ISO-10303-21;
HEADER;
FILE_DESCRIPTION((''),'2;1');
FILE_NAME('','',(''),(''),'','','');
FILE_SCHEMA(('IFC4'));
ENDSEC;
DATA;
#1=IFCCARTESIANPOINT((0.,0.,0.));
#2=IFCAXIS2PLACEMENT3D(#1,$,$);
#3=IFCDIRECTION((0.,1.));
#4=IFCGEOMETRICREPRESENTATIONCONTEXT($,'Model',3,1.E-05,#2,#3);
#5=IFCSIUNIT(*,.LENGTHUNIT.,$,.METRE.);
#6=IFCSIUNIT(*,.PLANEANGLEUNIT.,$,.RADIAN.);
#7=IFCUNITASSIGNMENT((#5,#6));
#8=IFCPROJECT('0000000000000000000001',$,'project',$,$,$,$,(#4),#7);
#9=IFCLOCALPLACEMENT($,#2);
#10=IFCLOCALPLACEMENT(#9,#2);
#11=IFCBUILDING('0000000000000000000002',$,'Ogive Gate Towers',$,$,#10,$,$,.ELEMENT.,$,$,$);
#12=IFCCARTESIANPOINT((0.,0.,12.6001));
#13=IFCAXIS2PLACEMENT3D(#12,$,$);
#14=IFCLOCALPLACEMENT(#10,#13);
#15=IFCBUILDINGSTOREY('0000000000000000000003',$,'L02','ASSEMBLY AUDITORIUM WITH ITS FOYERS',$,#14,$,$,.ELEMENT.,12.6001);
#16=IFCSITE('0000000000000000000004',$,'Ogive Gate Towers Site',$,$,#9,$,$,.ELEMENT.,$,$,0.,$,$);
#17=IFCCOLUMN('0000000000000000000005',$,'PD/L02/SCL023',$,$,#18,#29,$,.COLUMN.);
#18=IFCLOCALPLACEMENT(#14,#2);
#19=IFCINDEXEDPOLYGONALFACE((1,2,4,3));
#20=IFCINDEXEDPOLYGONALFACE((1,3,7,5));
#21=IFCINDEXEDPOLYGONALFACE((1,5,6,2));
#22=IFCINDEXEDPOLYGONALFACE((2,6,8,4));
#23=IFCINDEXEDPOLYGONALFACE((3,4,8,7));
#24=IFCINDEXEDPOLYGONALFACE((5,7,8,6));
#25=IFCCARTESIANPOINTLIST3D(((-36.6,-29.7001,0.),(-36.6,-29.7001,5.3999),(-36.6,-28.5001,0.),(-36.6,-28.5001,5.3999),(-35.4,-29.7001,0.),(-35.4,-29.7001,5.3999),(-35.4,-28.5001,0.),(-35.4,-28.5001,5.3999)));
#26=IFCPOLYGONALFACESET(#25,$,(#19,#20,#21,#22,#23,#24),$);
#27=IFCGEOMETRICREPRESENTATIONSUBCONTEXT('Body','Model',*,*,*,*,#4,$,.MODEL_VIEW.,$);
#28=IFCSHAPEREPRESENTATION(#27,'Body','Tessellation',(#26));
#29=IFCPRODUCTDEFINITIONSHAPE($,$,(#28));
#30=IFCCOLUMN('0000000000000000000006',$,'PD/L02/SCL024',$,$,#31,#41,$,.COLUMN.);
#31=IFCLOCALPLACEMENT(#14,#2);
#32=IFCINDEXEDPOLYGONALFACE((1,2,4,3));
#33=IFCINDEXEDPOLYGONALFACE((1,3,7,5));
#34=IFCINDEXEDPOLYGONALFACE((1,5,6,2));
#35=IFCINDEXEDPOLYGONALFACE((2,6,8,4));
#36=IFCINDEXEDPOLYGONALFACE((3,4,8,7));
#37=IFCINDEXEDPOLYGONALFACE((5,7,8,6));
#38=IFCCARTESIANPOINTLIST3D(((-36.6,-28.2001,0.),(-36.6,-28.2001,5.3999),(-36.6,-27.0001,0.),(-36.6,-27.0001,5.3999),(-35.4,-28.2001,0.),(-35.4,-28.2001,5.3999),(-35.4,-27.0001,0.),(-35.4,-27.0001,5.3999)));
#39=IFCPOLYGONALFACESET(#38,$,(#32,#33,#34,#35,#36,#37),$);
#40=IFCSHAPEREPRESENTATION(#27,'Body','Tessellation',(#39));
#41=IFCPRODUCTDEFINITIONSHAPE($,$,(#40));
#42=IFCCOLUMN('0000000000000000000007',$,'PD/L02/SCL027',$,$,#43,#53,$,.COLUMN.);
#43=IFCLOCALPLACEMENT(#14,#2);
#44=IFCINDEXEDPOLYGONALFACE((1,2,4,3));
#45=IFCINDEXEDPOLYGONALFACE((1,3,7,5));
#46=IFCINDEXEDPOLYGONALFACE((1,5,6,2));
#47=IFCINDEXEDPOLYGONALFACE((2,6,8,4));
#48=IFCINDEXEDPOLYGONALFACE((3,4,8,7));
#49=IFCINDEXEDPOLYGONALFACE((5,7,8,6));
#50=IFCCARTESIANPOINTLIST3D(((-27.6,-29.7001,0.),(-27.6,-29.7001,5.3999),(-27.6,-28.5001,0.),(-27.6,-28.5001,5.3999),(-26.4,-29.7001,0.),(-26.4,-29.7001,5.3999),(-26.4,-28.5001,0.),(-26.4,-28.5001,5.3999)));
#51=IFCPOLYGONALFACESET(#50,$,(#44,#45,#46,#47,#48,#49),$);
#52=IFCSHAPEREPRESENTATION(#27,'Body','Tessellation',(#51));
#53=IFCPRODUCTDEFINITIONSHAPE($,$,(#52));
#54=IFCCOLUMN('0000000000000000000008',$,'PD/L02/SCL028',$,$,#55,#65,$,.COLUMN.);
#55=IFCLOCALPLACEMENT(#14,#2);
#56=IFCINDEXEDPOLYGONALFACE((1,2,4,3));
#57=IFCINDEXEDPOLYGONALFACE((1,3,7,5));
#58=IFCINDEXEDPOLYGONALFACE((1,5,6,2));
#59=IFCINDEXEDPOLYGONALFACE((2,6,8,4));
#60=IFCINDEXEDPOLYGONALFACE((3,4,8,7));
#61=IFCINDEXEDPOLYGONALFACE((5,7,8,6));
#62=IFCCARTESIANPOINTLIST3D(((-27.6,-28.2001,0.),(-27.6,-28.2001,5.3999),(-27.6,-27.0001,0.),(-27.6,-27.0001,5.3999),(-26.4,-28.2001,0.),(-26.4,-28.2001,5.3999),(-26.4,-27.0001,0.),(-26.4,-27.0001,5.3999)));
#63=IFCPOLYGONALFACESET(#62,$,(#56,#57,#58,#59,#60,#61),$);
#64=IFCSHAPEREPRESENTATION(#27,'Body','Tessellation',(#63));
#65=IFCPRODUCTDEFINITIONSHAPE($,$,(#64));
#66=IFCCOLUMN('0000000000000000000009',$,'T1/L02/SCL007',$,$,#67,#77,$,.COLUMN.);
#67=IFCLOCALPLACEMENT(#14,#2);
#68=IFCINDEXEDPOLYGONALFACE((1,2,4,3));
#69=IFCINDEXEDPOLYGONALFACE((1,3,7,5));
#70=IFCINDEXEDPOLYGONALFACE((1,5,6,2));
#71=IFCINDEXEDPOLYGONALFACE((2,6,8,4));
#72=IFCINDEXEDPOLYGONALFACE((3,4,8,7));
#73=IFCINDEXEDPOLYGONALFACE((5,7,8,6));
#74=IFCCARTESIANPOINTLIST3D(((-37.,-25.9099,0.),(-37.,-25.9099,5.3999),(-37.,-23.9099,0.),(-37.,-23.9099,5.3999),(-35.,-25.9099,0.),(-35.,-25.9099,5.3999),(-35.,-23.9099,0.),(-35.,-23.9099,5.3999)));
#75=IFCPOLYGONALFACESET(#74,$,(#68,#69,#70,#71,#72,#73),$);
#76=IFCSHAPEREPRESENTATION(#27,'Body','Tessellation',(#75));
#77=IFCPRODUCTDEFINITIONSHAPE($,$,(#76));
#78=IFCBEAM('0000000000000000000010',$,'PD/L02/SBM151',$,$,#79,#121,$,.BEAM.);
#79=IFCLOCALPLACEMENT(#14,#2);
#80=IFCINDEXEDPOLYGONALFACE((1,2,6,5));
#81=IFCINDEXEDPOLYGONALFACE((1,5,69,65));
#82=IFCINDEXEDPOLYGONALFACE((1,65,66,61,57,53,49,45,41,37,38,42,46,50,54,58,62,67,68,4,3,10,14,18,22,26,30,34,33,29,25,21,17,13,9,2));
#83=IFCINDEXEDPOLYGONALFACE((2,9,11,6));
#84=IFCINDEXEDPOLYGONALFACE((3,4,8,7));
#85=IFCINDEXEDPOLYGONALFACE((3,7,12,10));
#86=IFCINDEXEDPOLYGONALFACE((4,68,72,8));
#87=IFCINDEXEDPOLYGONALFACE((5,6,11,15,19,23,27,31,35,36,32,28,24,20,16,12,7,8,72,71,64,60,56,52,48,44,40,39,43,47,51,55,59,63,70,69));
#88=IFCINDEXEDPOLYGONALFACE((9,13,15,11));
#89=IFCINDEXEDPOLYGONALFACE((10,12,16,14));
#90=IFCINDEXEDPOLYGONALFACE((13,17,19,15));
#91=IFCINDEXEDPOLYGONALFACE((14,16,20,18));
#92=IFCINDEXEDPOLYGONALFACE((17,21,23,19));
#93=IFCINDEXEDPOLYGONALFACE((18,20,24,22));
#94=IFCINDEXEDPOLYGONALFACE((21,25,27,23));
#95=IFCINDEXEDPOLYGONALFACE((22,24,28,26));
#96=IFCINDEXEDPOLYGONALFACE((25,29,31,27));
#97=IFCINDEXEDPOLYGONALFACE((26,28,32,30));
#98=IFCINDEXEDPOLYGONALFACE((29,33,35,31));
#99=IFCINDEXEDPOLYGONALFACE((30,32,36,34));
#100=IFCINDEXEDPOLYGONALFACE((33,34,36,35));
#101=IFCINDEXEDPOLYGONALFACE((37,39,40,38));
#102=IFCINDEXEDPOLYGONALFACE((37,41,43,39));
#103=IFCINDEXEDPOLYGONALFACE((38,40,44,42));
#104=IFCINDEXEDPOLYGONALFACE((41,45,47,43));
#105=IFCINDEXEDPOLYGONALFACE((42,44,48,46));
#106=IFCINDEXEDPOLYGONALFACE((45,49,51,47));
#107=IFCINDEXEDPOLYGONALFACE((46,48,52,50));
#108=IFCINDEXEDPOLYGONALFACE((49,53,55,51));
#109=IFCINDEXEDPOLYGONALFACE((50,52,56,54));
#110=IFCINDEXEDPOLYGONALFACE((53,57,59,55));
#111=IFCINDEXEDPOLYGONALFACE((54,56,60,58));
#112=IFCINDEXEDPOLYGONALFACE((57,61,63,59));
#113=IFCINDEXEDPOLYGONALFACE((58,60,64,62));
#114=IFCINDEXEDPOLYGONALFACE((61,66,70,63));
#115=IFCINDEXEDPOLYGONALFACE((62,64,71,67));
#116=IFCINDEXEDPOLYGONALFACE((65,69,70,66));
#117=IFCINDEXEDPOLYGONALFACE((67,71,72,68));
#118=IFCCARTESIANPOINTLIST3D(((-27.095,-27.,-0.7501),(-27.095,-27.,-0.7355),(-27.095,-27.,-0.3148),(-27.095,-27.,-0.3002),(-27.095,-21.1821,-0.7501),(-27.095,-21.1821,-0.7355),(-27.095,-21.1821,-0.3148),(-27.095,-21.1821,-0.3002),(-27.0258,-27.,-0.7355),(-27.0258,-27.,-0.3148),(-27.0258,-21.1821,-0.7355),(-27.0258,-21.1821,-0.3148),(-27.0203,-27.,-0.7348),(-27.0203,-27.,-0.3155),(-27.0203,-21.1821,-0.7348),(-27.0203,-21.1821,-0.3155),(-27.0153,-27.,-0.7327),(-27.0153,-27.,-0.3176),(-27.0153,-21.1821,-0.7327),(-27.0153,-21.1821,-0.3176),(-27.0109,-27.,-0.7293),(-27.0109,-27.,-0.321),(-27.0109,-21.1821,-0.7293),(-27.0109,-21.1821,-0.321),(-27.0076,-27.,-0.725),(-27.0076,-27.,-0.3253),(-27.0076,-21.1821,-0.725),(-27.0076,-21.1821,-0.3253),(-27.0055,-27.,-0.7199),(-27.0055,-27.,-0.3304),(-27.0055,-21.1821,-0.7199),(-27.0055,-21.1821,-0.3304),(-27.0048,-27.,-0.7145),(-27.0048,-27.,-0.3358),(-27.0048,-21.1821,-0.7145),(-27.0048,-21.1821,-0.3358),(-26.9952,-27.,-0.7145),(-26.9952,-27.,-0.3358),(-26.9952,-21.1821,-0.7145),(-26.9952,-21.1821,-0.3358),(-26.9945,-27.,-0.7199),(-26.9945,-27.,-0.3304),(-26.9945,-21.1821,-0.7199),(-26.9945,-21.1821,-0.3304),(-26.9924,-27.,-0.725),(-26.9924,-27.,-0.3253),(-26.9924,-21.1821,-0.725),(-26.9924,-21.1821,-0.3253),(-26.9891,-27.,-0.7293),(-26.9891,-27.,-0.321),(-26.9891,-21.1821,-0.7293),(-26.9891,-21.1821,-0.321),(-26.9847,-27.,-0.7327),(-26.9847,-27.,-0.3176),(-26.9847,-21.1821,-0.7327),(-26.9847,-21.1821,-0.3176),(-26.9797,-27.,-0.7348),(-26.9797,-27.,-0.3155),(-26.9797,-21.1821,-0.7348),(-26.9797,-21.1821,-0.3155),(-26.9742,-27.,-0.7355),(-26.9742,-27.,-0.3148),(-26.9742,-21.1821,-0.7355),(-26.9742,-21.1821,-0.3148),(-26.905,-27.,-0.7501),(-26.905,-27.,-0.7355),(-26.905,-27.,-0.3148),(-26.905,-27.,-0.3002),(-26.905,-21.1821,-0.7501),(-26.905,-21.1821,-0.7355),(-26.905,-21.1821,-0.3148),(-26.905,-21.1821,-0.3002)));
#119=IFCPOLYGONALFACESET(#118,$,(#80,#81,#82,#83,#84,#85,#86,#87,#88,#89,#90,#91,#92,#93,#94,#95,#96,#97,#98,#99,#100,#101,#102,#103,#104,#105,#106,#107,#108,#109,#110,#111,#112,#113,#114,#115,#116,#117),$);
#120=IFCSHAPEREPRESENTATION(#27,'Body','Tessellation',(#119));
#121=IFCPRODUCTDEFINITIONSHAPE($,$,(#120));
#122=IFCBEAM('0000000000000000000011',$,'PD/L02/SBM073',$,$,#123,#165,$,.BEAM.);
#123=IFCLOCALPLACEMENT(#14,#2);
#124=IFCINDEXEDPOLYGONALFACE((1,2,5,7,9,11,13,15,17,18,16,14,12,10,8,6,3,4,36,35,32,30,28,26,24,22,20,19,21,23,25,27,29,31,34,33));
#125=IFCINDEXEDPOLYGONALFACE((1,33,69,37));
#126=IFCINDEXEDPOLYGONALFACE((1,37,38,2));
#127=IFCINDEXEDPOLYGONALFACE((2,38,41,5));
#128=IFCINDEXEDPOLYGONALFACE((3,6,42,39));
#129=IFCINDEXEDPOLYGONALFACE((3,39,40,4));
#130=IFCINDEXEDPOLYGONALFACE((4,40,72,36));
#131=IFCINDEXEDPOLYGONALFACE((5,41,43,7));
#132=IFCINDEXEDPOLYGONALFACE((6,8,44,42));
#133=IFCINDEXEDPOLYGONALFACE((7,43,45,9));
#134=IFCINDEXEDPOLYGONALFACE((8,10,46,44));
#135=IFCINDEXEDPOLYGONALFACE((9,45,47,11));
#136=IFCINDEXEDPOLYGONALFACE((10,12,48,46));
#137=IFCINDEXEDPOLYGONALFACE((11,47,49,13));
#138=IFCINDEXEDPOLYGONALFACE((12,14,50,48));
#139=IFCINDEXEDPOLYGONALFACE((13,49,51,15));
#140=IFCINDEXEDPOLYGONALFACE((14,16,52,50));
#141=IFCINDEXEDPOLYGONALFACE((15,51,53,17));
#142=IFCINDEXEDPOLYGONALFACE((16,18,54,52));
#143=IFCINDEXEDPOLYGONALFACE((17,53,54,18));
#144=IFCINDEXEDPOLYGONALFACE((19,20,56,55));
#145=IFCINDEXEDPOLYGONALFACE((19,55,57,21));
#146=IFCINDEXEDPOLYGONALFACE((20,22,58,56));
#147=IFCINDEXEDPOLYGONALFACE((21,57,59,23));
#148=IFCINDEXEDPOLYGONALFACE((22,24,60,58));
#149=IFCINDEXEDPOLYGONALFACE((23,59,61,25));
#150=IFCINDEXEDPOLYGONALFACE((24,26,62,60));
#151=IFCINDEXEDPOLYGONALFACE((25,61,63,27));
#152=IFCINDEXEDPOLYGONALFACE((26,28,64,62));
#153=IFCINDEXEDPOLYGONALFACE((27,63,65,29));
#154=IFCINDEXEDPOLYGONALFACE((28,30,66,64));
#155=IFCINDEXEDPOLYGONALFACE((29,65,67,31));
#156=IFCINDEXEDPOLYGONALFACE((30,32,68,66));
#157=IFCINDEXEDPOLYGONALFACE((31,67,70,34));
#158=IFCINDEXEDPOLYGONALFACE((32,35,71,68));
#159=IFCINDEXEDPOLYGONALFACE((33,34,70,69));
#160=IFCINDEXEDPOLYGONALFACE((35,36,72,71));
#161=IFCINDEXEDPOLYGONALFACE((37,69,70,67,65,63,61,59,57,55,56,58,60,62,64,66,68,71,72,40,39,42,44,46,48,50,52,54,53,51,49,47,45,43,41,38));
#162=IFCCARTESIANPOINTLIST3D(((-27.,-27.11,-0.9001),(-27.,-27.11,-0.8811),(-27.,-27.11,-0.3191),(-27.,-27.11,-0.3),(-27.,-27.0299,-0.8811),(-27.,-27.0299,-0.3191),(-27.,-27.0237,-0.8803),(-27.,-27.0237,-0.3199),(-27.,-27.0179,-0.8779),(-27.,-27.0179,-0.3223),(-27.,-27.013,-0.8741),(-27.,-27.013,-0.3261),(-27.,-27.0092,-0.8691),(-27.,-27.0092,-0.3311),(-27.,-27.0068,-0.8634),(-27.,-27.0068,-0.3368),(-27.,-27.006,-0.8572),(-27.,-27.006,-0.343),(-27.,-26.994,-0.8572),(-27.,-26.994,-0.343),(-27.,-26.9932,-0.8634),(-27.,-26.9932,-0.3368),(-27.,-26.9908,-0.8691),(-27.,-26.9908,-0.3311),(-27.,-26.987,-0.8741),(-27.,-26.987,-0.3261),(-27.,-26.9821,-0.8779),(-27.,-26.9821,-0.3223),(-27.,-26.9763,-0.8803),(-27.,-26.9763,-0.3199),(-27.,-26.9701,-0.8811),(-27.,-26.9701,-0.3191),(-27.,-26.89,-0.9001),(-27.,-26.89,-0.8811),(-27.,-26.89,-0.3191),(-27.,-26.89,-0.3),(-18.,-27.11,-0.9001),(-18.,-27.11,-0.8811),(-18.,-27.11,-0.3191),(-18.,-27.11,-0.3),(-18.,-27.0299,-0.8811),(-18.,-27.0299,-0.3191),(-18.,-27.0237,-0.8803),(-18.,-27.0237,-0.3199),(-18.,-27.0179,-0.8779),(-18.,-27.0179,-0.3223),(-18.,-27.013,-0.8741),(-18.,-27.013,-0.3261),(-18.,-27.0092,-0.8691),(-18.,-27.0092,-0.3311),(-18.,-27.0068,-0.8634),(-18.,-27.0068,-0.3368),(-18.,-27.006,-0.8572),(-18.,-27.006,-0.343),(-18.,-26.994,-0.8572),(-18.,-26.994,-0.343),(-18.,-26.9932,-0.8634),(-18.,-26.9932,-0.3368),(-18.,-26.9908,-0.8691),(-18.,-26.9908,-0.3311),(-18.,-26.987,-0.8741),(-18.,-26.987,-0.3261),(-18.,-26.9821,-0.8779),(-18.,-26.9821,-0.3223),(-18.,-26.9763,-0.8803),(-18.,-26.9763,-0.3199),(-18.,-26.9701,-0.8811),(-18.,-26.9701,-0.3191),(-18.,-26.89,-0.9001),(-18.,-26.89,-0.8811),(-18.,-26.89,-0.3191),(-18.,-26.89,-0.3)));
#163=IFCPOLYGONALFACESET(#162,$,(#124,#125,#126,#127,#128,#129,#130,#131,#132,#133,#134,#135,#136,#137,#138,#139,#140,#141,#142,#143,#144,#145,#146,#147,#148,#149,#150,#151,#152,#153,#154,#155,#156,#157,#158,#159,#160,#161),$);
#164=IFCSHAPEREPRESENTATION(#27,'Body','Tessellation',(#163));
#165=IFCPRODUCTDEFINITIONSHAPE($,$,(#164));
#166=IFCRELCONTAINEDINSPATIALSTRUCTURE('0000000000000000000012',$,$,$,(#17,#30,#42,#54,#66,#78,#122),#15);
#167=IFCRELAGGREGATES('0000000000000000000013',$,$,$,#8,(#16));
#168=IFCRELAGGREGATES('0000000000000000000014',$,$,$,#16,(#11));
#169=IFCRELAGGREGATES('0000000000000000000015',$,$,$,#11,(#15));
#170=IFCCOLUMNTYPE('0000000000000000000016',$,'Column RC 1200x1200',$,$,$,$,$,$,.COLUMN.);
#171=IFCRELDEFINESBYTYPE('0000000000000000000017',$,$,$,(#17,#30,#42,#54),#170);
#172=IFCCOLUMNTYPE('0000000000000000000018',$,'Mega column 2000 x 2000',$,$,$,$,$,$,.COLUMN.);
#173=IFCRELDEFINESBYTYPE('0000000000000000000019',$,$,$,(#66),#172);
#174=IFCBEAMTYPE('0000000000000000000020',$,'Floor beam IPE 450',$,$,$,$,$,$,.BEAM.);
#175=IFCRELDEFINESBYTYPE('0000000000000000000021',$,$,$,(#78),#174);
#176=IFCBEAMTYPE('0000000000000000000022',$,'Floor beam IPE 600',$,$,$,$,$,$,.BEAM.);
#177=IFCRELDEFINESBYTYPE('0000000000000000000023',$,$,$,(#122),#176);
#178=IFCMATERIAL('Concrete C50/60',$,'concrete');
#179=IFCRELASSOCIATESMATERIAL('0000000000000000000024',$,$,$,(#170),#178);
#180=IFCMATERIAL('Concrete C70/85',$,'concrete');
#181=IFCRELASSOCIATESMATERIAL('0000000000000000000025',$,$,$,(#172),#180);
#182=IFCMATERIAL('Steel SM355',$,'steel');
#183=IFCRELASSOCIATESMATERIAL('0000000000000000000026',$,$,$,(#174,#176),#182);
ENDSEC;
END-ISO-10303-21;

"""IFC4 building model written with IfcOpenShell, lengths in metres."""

from ifc_helpers import new_model, si_unit, direction, frame, origin, origin_2d, place, context, subcontext, project, spatial, rectangle, i_section, extrude, material, material_profile, profile_set, type_object, element, save


model = new_model("IFC4")

# Units and contexts
model_context = context("Model", 3, precision=1e-05, world=origin(), true_north=direction((0.0, 1.0)))
body_context = subcontext(model_context, "Body", "Model", "MODEL_VIEW")
ifc_project = project(units=[si_unit("LENGTHUNIT", "METRE"), si_unit("PLANEANGLEUNIT", "RADIAN")], contexts=[model_context])

# Site, building, storey
site_placement = place(None, origin())
site = spatial("IfcSite", under=ifc_project, at=site_placement, Name="Ogive Gate Towers Site", CompositionType="ELEMENT", RefElevation=0.0)
building_placement = place(site_placement, origin())
building = spatial("IfcBuilding", under=site, at=building_placement, Name="Ogive Gate Towers", CompositionType="ELEMENT")
storey_placement = place(building_placement, frame((0.0, 0.0, 12.6001)))
storey = spatial("IfcBuildingStorey", under=building, at=storey_placement, Name="L02", Description="ASSEMBLY AUDITORIUM WITH ITS FOYERS", CompositionType="ELEMENT", Elevation=12.6001)

# Columns
ifc_material_1 = material(Name="Concrete C50/60", Category="concrete")
ifc_material_profile_1 = material_profile(ifc_material_1, rectangle(XDim=1.2, YDim=1.2, at=origin_2d()), Name="RC 1200x1200")
ifc_profile_set_1 = profile_set([ifc_material_profile_1], Name="Concrete C50/60")
column_type_1 = type_object("IfcColumnType", Name="Column RC 1200x1200", PredefinedType="COLUMN", material=ifc_profile_set_1)
for number, where, z_axis, x_axis, name in (
    (1, (-36.0, -29.1001, 0.0), (0.0, 0.0, 1.0), (1.0, 0.0, 0.0), "PD/L02/SCL023"),
    (2, (-36.0, -27.6001, 0.0), (0.0, 0.0, 1.0), (1.0, 0.0, 0.0), "PD/L02/SCL024"),
    (3, (-27.0, -29.1001, 0.0), (0.0, 0.0, 1.0), (1.0, 0.0, 0.0), "PD/L02/SCL027"),
    (4, (-27.0, -27.6001, 0.0), (0.0, 0.0, 1.0), (1.0, 0.0, 0.0), "PD/L02/SCL028"),
):
    element("IfcColumn", number, at=place(storey_placement, frame(where, z_axis=z_axis, x_axis=x_axis)), inside=storey, type_object=column_type_1, Name=name, PredefinedType="COLUMN", context=body_context, shape_type="SweptSolid", body=[
        extrude(rectangle(XDim=1.2, YDim=1.2, at=origin_2d()), origin(), (0.0, 0.0, 1.0), 5.3999),
    ])
ifc_material_2 = material(Name="Concrete C70/85", Category="concrete")
ifc_material_profile_2 = material_profile(ifc_material_2, rectangle(XDim=2.0, YDim=2.0, at=origin_2d()), Name="RC 2000x2000")
ifc_profile_set_2 = profile_set([ifc_material_profile_2], Name="Concrete C70/85")
column_type_2 = type_object("IfcColumnType", Name="Mega column 2000 x 2000", PredefinedType="COLUMN", material=ifc_profile_set_2)
column_placement = place(storey_placement, frame((-36.0, -24.9099, 0.0), z_axis=(0.0, 0.0, 1.0), x_axis=(0.0, -1.0, 0.0)))
element("IfcColumn", 5, at=column_placement, inside=storey, type_object=column_type_2, Name="T1/L02/SCL007", PredefinedType="COLUMN", context=body_context, shape_type="SweptSolid", body=[
    extrude(rectangle(XDim=2.0, YDim=2.0, at=origin_2d()), origin(), (0.0, 0.0, 1.0), 5.3999),
])

# Beams
ifc_material_3 = material(Name="Steel SM355", Category="steel")
ifc_material_profile_3 = material_profile(ifc_material_3, i_section(OverallWidth=0.1899, OverallDepth=0.45, WebThickness=0.0095, FlangeThickness=0.0146, FilletRadius=0.021, at=origin_2d()), Name="IPE 450")
ifc_profile_set_3 = profile_set([ifc_material_profile_3], Name="Steel SM355")
beam_type_1 = type_object("IfcBeamType", Name="Floor beam IPE 450", PredefinedType="BEAM", material=ifc_profile_set_3)
beam_1_placement = place(storey_placement, frame((-27.0, -27.0, -0.5251), z_axis=(0.0, 1.0, 0.0), x_axis=(-1.0, 0.0, 0.0)))
element("IfcBeam", 6, at=beam_1_placement, inside=storey, type_object=beam_type_1, Name="PD/L02/SBM151", PredefinedType="BEAM", context=body_context, shape_type="SweptSolid", body=[
    extrude(i_section(OverallWidth=0.1899, OverallDepth=0.45, WebThickness=0.0095, FlangeThickness=0.0146, FilletRadius=0.021, at=origin_2d()), origin(), (0.0, 0.0, 1.0), 5.8179),
])
ifc_material_profile_4 = material_profile(ifc_material_3, i_section(OverallWidth=0.22, OverallDepth=0.6001, WebThickness=0.012, FlangeThickness=0.019, FilletRadius=0.0239, at=origin_2d()), Name="IPE 600")
ifc_profile_set_4 = profile_set([ifc_material_profile_4], Name="Steel SM355")
beam_type_2 = type_object("IfcBeamType", Name="Floor beam IPE 600", PredefinedType="BEAM", material=ifc_profile_set_4)
for number, where, z_axis, x_axis, name in (
    (7, (-27.0, -27.0, -0.6001), (1.0, 0.0, 0.0), (0.0, 1.0, 0.0), "PD/L02/SBM073"),
):
    element("IfcBeam", number, at=place(storey_placement, frame(where, z_axis=z_axis, x_axis=x_axis)), inside=storey, type_object=beam_type_2, Name=name, PredefinedType="BEAM", context=body_context, shape_type="SweptSolid", body=[
        extrude(i_section(OverallWidth=0.22, OverallDepth=0.6001, WebThickness=0.012, FlangeThickness=0.019, FilletRadius=0.0239, at=origin_2d()), origin(), (0.0, 0.0, 1.0), 9.0),
    ])

save(model, "model.ifc")
